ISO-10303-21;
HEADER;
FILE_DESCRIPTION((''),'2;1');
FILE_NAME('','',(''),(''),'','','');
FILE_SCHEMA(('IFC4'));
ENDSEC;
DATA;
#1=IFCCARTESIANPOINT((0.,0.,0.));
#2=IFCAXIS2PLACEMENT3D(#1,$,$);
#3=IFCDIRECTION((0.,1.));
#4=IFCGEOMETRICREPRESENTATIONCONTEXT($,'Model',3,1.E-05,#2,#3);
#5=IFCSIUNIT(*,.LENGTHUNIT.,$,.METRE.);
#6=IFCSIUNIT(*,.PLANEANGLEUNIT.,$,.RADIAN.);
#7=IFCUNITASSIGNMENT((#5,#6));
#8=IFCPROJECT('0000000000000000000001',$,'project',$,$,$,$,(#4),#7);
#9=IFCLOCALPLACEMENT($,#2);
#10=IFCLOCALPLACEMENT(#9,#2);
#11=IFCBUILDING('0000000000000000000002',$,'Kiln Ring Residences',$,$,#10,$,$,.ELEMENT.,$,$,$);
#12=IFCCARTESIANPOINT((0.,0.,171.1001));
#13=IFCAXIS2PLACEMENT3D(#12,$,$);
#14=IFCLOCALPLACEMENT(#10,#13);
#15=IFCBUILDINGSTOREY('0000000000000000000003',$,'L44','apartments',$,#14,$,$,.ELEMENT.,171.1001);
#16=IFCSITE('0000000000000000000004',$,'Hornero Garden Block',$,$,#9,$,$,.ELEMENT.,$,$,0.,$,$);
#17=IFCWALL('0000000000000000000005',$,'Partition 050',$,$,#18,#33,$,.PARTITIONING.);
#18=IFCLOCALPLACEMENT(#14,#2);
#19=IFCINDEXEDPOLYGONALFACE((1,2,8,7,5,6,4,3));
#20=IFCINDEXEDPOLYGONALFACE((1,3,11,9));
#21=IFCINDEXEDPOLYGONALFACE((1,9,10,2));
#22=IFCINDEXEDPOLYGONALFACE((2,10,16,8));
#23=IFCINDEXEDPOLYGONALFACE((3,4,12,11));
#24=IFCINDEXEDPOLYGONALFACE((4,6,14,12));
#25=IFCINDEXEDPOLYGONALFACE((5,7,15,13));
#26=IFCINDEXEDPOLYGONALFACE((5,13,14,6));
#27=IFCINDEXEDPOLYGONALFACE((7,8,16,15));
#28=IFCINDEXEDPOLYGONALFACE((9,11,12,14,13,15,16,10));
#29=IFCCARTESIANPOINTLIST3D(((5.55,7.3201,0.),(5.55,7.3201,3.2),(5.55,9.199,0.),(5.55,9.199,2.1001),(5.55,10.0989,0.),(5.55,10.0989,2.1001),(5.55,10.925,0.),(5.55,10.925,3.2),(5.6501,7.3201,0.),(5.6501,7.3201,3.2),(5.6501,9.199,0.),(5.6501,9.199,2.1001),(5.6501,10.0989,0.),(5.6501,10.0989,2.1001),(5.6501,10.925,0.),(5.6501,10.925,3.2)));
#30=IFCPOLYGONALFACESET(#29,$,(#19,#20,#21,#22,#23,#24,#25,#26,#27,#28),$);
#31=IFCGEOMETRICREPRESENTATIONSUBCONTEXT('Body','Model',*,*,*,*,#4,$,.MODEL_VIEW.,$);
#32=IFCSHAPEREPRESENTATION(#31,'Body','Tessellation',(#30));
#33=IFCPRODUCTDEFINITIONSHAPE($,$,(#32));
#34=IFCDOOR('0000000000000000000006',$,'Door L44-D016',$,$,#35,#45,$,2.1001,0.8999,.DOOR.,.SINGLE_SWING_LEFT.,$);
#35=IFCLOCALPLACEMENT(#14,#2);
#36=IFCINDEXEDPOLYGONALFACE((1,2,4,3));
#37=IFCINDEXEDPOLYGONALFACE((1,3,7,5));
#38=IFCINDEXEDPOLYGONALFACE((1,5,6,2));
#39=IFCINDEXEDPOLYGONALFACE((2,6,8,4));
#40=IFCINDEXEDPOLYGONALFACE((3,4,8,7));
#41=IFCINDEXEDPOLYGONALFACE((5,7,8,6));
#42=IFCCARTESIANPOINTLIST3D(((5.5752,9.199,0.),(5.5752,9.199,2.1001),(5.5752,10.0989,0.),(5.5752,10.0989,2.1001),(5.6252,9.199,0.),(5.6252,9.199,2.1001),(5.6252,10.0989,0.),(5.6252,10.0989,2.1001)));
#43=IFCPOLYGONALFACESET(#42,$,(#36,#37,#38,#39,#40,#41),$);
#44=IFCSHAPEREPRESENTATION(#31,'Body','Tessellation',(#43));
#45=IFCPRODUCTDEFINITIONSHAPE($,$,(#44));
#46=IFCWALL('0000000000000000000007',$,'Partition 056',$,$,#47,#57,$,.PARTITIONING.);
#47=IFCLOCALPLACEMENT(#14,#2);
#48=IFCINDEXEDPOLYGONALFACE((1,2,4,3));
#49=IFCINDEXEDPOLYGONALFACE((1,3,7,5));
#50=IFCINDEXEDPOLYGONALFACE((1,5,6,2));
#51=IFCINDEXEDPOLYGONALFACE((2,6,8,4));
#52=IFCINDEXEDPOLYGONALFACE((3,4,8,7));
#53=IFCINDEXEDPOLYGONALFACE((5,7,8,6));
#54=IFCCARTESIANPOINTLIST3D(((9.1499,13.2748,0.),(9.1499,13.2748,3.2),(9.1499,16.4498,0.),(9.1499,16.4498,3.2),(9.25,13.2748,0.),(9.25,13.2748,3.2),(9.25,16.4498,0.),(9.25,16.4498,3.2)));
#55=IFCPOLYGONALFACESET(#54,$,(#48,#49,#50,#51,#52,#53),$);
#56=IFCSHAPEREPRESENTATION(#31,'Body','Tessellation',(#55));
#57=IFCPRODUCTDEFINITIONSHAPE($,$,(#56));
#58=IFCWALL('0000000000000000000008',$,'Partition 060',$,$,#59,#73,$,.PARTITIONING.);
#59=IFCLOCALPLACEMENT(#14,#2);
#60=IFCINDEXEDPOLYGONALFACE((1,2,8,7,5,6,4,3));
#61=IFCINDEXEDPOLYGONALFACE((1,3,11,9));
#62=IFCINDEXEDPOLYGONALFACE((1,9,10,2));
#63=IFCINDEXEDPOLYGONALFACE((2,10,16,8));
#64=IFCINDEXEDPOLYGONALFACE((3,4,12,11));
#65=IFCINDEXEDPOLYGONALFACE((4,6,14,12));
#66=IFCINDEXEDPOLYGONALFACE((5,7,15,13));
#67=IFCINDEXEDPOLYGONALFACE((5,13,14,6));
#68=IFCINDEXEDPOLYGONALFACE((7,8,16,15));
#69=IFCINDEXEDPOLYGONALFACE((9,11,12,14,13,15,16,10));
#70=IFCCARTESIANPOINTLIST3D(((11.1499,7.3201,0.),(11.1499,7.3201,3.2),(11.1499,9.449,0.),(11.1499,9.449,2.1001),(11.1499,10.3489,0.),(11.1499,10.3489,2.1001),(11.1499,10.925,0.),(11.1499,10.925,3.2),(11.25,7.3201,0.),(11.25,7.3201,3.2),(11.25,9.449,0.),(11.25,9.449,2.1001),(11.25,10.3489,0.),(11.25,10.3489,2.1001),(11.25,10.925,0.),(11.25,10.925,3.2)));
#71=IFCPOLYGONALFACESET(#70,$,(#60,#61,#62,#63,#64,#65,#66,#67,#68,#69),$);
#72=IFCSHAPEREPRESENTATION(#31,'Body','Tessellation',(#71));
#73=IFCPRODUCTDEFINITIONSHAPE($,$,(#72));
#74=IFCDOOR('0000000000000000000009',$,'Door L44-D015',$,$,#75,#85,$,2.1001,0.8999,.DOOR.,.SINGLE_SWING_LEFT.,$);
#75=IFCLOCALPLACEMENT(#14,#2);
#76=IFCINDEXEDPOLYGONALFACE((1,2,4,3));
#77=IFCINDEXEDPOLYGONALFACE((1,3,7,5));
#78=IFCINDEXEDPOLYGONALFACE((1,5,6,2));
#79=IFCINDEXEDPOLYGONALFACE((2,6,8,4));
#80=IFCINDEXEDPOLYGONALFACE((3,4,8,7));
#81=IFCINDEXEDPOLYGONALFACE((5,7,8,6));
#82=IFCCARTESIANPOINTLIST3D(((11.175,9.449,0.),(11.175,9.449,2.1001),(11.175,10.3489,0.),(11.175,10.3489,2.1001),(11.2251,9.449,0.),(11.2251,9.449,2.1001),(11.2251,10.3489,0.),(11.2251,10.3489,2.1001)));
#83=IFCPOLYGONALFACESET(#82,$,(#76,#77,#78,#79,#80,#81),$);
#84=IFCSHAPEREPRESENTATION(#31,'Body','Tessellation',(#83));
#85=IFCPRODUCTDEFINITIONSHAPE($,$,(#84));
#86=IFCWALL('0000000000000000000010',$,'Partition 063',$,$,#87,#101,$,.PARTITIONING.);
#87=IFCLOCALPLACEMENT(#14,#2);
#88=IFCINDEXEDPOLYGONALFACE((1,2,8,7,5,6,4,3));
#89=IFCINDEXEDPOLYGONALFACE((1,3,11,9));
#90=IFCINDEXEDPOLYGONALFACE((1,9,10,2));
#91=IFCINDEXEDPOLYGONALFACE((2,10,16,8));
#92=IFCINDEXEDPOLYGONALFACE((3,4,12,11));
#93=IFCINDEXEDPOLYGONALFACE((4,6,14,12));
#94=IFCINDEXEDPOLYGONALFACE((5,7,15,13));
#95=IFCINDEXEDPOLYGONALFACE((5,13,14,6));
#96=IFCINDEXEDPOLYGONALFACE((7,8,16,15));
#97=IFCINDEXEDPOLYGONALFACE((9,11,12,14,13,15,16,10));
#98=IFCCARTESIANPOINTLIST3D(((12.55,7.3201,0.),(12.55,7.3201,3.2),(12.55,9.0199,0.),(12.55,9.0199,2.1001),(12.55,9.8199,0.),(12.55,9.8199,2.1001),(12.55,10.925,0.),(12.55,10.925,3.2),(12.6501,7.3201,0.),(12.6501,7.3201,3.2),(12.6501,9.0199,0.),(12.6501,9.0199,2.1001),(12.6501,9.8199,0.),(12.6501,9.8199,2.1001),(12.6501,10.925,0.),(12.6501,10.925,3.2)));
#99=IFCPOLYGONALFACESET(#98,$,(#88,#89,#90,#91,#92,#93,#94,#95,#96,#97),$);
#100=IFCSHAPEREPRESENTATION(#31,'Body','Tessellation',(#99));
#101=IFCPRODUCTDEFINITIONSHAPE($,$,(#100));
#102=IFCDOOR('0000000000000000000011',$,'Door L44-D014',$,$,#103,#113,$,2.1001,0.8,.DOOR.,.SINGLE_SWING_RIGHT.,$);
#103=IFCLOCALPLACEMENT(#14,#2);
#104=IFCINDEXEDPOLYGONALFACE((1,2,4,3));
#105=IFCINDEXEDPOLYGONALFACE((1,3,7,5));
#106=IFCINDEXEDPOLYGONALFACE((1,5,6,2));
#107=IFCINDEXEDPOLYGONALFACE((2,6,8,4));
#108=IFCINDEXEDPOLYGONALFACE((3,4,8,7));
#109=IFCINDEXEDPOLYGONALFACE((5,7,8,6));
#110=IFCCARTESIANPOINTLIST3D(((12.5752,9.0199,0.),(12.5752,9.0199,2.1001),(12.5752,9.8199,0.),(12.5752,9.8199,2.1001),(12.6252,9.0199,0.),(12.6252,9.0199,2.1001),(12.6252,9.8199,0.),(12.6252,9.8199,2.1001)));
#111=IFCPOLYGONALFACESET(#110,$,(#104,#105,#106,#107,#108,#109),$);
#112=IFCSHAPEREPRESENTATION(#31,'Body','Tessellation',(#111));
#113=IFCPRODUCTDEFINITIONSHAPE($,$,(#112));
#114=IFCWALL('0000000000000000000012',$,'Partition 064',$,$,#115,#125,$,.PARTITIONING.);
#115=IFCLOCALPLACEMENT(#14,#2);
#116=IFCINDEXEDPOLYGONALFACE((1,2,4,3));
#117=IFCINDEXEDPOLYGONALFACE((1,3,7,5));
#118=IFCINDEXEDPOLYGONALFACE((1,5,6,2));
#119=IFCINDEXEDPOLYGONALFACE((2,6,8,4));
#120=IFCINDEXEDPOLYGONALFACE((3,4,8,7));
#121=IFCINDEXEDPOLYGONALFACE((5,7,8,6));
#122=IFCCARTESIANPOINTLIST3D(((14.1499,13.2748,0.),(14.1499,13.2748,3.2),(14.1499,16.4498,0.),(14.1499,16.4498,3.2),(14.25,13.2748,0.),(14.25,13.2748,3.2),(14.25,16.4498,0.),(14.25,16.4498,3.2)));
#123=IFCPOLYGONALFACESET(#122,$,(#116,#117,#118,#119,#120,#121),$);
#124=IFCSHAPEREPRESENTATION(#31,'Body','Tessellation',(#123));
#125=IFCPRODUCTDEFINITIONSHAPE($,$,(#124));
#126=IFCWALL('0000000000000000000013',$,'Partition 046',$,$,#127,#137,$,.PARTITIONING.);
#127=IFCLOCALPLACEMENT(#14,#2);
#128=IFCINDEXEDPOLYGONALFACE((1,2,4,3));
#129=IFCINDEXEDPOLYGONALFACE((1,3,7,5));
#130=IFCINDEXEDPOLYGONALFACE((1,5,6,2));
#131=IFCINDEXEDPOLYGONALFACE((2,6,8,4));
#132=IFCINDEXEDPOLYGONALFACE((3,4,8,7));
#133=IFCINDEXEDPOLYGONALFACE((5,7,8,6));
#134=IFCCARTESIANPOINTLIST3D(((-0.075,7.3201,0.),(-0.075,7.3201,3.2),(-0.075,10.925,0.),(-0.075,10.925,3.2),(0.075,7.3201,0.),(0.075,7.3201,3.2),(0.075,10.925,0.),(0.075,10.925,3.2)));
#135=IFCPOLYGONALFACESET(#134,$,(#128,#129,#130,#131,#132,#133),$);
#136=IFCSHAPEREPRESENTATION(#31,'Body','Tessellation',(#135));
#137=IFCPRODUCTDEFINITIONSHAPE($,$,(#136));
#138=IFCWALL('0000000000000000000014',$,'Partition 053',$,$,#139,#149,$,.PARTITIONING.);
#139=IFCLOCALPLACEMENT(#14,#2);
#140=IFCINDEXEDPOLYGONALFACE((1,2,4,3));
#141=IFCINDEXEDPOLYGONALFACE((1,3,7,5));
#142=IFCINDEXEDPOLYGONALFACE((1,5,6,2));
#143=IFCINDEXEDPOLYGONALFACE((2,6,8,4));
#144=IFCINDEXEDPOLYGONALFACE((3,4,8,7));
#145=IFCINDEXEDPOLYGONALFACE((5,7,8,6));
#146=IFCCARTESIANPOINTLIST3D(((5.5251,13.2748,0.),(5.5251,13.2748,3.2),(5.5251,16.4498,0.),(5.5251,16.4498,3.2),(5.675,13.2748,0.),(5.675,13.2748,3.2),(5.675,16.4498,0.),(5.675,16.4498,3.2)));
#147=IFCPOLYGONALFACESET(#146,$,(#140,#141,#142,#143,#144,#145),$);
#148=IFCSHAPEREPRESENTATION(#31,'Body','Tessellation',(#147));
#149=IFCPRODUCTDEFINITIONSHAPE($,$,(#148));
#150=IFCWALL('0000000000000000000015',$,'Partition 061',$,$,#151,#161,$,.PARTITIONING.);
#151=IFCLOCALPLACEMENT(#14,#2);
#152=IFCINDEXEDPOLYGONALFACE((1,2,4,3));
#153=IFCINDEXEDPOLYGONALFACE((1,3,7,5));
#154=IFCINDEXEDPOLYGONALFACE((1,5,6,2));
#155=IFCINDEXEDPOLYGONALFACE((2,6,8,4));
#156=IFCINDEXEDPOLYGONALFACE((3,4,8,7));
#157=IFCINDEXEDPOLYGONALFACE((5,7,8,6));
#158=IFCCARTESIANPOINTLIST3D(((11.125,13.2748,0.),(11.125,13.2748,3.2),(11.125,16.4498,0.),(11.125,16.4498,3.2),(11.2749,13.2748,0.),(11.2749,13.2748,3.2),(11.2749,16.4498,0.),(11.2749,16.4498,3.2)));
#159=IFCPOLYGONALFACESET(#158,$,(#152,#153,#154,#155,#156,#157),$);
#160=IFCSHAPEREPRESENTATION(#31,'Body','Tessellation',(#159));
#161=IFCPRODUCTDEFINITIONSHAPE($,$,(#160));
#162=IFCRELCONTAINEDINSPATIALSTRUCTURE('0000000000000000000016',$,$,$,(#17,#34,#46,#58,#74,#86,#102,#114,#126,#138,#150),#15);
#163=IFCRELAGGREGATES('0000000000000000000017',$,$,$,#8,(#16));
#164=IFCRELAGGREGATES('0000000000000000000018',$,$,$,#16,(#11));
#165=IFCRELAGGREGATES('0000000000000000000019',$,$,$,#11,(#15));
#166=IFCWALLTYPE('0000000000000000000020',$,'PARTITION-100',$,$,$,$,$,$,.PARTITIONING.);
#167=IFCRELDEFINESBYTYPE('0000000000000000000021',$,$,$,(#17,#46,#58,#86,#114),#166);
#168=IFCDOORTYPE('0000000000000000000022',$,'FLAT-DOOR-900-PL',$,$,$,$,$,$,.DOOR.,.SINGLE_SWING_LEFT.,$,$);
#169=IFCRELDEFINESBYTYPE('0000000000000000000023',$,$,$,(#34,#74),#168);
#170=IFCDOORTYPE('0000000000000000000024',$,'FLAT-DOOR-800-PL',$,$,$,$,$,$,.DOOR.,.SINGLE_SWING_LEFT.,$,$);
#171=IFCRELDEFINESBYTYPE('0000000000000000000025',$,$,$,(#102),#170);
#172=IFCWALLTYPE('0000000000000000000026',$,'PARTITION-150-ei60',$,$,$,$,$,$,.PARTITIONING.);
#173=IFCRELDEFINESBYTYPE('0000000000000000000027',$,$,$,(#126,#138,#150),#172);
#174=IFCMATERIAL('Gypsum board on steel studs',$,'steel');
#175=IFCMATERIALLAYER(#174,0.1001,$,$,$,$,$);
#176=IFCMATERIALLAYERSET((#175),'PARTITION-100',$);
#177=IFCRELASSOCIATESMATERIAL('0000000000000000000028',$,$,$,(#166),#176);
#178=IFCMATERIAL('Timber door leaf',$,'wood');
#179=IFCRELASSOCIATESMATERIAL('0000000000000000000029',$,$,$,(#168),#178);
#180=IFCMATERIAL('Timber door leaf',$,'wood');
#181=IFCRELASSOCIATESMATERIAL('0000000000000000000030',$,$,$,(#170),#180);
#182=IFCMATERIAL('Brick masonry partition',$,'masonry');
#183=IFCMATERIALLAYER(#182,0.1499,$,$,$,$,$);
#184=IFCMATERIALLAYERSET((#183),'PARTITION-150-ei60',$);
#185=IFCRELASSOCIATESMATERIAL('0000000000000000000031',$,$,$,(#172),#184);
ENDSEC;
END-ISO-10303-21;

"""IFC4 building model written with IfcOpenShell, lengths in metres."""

from ifc_helpers import new_model, si_unit, direction, frame, frame_2d, origin, place, context, subcontext, project, spatial, rectangle, extrude, material, layer, layer_set, type_object, element, fill, save


model = new_model("IFC4")

# Units and contexts
model_context = context("Model", 3, precision=1e-05, world=origin(), true_north=direction((0.0, 1.0)))
body_context = subcontext(model_context, "Body", "Model", "MODEL_VIEW")
ifc_project = project(units=[si_unit("LENGTHUNIT", "METRE"), si_unit("PLANEANGLEUNIT", "RADIAN")], contexts=[model_context])

# Site, building, storey
site_placement = place(None, origin())
site = spatial("IfcSite", under=ifc_project, at=site_placement, Name="Hornero Garden Block", CompositionType="ELEMENT", RefElevation=0.0)
building_placement = place(site_placement, origin())
building = spatial("IfcBuilding", under=site, at=building_placement, Name="Kiln Ring Residences", CompositionType="ELEMENT")
storey_placement = place(building_placement, frame((0.0, 0.0, 171.1001)))
storey = spatial("IfcBuildingStorey", under=building, at=storey_placement, Name="L44", Description="apartments", CompositionType="ELEMENT", Elevation=171.1001)

# Shared definitions
ifc_material_1 = material(Name="Gypsum board on steel studs", Category="steel")
ifc_layer_1 = layer(ifc_material_1, 0.1001)
ifc_layer_set_1 = layer_set([ifc_layer_1], Name="PARTITION-100")
wall_type_1 = type_object("IfcWallType", Name="PARTITION-100", PredefinedType="PARTITIONING", material=ifc_layer_set_1)
ifc_material_2 = material(Name="Timber door leaf", Category="wood")
door_type_1 = type_object("IfcDoorType", Name="FLAT-DOOR-900-PL", OperationType="SINGLE_SWING_LEFT", PredefinedType="DOOR", material=ifc_material_2)

# Wall, opening, door
wall_1_placement = place(storey_placement, frame((5.6001, 7.3201, 0.0), z_axis=(0.0, 0.0, 1.0), x_axis=(0.0, 1.0, 0.0)))
wall_1 = element("IfcWall", 1, at=wall_1_placement, inside=storey, type_object=wall_type_1, Name="Partition 050", PredefinedType="PARTITIONING", context=body_context, shape_type="SweptSolid", body=[
    extrude(rectangle(XDim=3.605, YDim=0.1001, at=frame_2d((1.8025, 0.0))), origin(), (0.0, 0.0, 1.0), 3.2),
])
opening_1_placement = place(wall_1_placement, frame((1.8789, 0.0, 0.0)))
opening_1 = element("IfcOpeningElement", 2, at=opening_1_placement, cuts=wall_1, PredefinedType="OPENING", context=body_context, shape_type="SweptSolid", body=[
    extrude(rectangle(XDim=0.8999, YDim=2.1001, at=frame_2d((0.45, 1.05))), frame((0.0, 0.0601, 0.0), z_axis=(0.0, -1.0, 0.0), x_axis=(1.0, 0.0, 0.0)), (0.0, 0.0, 1.0), 0.1201),
])
door_1_placement = place(opening_1_placement, origin())
door_1 = element("IfcDoor", 3, at=door_1_placement, inside=storey, type_object=door_type_1, Name="Door L44-D016", OperationType="SINGLE_SWING_LEFT", OverallHeight=2.1001, OverallWidth=0.8999, PredefinedType="DOOR", context=body_context, shape_type="SweptSolid", body=[
    extrude(rectangle(XDim=0.8999, YDim=2.1001, at=frame_2d((0.45, 1.05))), frame((0.0, 0.0249, 0.0), z_axis=(0.0, -1.0, 0.0), x_axis=(1.0, 0.0, 0.0)), (0.0, 0.0, 1.0), 0.05),
])
fill(opening_1, door_1)

# Wall
wall_2_placement = place(storey_placement, frame((9.2, 13.2749, 0.0), z_axis=(0.0, 0.0, 1.0), x_axis=(0.0, 1.0, 0.0)))
element("IfcWall", 4, at=wall_2_placement, inside=storey, type_object=wall_type_1, Name="Partition 056", PredefinedType="PARTITIONING", context=body_context, shape_type="SweptSolid", body=[
    extrude(rectangle(XDim=3.175, YDim=0.1001, at=frame_2d((1.5874, 0.0))), origin(), (0.0, 0.0, 1.0), 3.2),
])

# Walls, openings, doors
wall_3_placement = place(storey_placement, frame((11.2, 7.3201, 0.0), z_axis=(0.0, 0.0, 1.0), x_axis=(0.0, 1.0, 0.0)))
wall_3 = element("IfcWall", 5, at=wall_3_placement, inside=storey, type_object=wall_type_1, Name="Partition 060", PredefinedType="PARTITIONING", context=body_context, shape_type="SweptSolid", body=[
    extrude(rectangle(XDim=3.605, YDim=0.1001, at=frame_2d((1.8025, 0.0))), origin(), (0.0, 0.0, 1.0), 3.2),
])
opening_2_placement = place(wall_3_placement, frame((2.1289, 0.0, 0.0)))
opening_2 = element("IfcOpeningElement", 6, at=opening_2_placement, cuts=wall_3, PredefinedType="OPENING", context=body_context, shape_type="SweptSolid", body=[
    extrude(rectangle(XDim=0.8999, YDim=2.1001, at=frame_2d((0.45, 1.05))), frame((0.0, 0.0601, 0.0), z_axis=(0.0, -1.0, 0.0), x_axis=(1.0, 0.0, 0.0)), (0.0, 0.0, 1.0), 0.1201),
])
door_2_placement = place(opening_2_placement, origin())
door_2 = element("IfcDoor", 7, at=door_2_placement, inside=storey, type_object=door_type_1, Name="Door L44-D015", OperationType="SINGLE_SWING_LEFT", OverallHeight=2.1001, OverallWidth=0.8999, PredefinedType="DOOR", context=body_context, shape_type="SweptSolid", body=[
    extrude(rectangle(XDim=0.8999, YDim=2.1001, at=frame_2d((0.45, 1.05))), frame((0.0, 0.0249, 0.0), z_axis=(0.0, -1.0, 0.0), x_axis=(1.0, 0.0, 0.0)), (0.0, 0.0, 1.0), 0.05),
])
fill(opening_2, door_2)
wall_4_placement = place(storey_placement, frame((12.6001, 7.3201, 0.0), z_axis=(0.0, 0.0, 1.0), x_axis=(0.0, 1.0, 0.0)))
wall_4 = element("IfcWall", 8, at=wall_4_placement, inside=storey, type_object=wall_type_1, Name="Partition 063", PredefinedType="PARTITIONING", context=body_context, shape_type="SweptSolid", body=[
    extrude(rectangle(XDim=3.605, YDim=0.1001, at=frame_2d((1.8025, 0.0))), origin(), (0.0, 0.0, 1.0), 3.2),
])
opening_3_placement = place(wall_4_placement, frame((1.7, 0.0, 0.0)))
opening_3 = element("IfcOpeningElement", 9, at=opening_3_placement, cuts=wall_4, PredefinedType="OPENING", context=body_context, shape_type="SweptSolid", body=[
    extrude(rectangle(XDim=0.8, YDim=2.1001, at=frame_2d((0.3999, 1.05))), frame((0.0, 0.0601, 0.0), z_axis=(0.0, -1.0, 0.0), x_axis=(1.0, 0.0, 0.0)), (0.0, 0.0, 1.0), 0.1201),
])
ifc_material_3 = material(Name="Timber door leaf", Category="wood")
door_type_2 = type_object("IfcDoorType", Name="FLAT-DOOR-800-PL", OperationType="SINGLE_SWING_LEFT", PredefinedType="DOOR", material=ifc_material_3)
door_3_placement = place(opening_3_placement, origin())
door_3 = element("IfcDoor", 10, at=door_3_placement, inside=storey, type_object=door_type_2, Name="Door L44-D014", OperationType="SINGLE_SWING_RIGHT", OverallHeight=2.1001, OverallWidth=0.8, PredefinedType="DOOR", context=body_context, shape_type="SweptSolid", body=[
    extrude(rectangle(XDim=0.8, YDim=2.1001, at=frame_2d((0.3999, 1.05))), frame((0.0, 0.0249, 0.0), z_axis=(0.0, -1.0, 0.0), x_axis=(1.0, 0.0, 0.0)), (0.0, 0.0, 1.0), 0.05),
])
fill(opening_3, door_3)

# Walls
wall_5_placement = place(storey_placement, frame((14.2, 13.2749, 0.0), z_axis=(0.0, 0.0, 1.0), x_axis=(0.0, 1.0, 0.0)))
element("IfcWall", 11, at=wall_5_placement, inside=storey, type_object=wall_type_1, Name="Partition 064", PredefinedType="PARTITIONING", context=body_context, shape_type="SweptSolid", body=[
    extrude(rectangle(XDim=3.175, YDim=0.1001, at=frame_2d((1.5874, 0.0))), origin(), (0.0, 0.0, 1.0), 3.2),
])
ifc_material_4 = material(Name="Brick masonry partition", Category="masonry")
ifc_layer_2 = layer(ifc_material_4, 0.1499)
ifc_layer_set_2 = layer_set([ifc_layer_2], Name="PARTITION-150-ei60")
wall_type_2 = type_object("IfcWallType", Name="PARTITION-150-ei60", PredefinedType="PARTITIONING", material=ifc_layer_set_2)
wall_6_placement = place(storey_placement, frame((0.0, 7.3201, 0.0), z_axis=(0.0, 0.0, 1.0), x_axis=(0.0, 1.0, 0.0)))
element("IfcWall", 12, at=wall_6_placement, inside=storey, type_object=wall_type_2, Name="Partition 046", PredefinedType="PARTITIONING", context=body_context, shape_type="SweptSolid", body=[
    extrude(rectangle(XDim=3.605, YDim=0.1499, at=frame_2d((1.8025, 0.0))), origin(), (0.0, 0.0, 1.0), 3.2),
])
for number, where, z_axis, x_axis, name in (
    (13, (5.6001, 13.2749, 0.0), (0.0, 0.0, 1.0), (0.0, 1.0, 0.0), "Partition 053"),
    (14, (11.2, 13.2749, 0.0), (0.0, 0.0, 1.0), (0.0, 1.0, 0.0), "Partition 061"),
):
    element("IfcWall", number, at=place(storey_placement, frame(where, z_axis=z_axis, x_axis=x_axis)), inside=storey, type_object=wall_type_2, Name=name, PredefinedType="PARTITIONING", context=body_context, shape_type="SweptSolid", body=[
        extrude(rectangle(XDim=3.175, YDim=0.1499, at=frame_2d((1.5874, 0.0))), origin(), (0.0, 0.0, 1.0), 3.2),
    ])

save(model, "model.ifc")
